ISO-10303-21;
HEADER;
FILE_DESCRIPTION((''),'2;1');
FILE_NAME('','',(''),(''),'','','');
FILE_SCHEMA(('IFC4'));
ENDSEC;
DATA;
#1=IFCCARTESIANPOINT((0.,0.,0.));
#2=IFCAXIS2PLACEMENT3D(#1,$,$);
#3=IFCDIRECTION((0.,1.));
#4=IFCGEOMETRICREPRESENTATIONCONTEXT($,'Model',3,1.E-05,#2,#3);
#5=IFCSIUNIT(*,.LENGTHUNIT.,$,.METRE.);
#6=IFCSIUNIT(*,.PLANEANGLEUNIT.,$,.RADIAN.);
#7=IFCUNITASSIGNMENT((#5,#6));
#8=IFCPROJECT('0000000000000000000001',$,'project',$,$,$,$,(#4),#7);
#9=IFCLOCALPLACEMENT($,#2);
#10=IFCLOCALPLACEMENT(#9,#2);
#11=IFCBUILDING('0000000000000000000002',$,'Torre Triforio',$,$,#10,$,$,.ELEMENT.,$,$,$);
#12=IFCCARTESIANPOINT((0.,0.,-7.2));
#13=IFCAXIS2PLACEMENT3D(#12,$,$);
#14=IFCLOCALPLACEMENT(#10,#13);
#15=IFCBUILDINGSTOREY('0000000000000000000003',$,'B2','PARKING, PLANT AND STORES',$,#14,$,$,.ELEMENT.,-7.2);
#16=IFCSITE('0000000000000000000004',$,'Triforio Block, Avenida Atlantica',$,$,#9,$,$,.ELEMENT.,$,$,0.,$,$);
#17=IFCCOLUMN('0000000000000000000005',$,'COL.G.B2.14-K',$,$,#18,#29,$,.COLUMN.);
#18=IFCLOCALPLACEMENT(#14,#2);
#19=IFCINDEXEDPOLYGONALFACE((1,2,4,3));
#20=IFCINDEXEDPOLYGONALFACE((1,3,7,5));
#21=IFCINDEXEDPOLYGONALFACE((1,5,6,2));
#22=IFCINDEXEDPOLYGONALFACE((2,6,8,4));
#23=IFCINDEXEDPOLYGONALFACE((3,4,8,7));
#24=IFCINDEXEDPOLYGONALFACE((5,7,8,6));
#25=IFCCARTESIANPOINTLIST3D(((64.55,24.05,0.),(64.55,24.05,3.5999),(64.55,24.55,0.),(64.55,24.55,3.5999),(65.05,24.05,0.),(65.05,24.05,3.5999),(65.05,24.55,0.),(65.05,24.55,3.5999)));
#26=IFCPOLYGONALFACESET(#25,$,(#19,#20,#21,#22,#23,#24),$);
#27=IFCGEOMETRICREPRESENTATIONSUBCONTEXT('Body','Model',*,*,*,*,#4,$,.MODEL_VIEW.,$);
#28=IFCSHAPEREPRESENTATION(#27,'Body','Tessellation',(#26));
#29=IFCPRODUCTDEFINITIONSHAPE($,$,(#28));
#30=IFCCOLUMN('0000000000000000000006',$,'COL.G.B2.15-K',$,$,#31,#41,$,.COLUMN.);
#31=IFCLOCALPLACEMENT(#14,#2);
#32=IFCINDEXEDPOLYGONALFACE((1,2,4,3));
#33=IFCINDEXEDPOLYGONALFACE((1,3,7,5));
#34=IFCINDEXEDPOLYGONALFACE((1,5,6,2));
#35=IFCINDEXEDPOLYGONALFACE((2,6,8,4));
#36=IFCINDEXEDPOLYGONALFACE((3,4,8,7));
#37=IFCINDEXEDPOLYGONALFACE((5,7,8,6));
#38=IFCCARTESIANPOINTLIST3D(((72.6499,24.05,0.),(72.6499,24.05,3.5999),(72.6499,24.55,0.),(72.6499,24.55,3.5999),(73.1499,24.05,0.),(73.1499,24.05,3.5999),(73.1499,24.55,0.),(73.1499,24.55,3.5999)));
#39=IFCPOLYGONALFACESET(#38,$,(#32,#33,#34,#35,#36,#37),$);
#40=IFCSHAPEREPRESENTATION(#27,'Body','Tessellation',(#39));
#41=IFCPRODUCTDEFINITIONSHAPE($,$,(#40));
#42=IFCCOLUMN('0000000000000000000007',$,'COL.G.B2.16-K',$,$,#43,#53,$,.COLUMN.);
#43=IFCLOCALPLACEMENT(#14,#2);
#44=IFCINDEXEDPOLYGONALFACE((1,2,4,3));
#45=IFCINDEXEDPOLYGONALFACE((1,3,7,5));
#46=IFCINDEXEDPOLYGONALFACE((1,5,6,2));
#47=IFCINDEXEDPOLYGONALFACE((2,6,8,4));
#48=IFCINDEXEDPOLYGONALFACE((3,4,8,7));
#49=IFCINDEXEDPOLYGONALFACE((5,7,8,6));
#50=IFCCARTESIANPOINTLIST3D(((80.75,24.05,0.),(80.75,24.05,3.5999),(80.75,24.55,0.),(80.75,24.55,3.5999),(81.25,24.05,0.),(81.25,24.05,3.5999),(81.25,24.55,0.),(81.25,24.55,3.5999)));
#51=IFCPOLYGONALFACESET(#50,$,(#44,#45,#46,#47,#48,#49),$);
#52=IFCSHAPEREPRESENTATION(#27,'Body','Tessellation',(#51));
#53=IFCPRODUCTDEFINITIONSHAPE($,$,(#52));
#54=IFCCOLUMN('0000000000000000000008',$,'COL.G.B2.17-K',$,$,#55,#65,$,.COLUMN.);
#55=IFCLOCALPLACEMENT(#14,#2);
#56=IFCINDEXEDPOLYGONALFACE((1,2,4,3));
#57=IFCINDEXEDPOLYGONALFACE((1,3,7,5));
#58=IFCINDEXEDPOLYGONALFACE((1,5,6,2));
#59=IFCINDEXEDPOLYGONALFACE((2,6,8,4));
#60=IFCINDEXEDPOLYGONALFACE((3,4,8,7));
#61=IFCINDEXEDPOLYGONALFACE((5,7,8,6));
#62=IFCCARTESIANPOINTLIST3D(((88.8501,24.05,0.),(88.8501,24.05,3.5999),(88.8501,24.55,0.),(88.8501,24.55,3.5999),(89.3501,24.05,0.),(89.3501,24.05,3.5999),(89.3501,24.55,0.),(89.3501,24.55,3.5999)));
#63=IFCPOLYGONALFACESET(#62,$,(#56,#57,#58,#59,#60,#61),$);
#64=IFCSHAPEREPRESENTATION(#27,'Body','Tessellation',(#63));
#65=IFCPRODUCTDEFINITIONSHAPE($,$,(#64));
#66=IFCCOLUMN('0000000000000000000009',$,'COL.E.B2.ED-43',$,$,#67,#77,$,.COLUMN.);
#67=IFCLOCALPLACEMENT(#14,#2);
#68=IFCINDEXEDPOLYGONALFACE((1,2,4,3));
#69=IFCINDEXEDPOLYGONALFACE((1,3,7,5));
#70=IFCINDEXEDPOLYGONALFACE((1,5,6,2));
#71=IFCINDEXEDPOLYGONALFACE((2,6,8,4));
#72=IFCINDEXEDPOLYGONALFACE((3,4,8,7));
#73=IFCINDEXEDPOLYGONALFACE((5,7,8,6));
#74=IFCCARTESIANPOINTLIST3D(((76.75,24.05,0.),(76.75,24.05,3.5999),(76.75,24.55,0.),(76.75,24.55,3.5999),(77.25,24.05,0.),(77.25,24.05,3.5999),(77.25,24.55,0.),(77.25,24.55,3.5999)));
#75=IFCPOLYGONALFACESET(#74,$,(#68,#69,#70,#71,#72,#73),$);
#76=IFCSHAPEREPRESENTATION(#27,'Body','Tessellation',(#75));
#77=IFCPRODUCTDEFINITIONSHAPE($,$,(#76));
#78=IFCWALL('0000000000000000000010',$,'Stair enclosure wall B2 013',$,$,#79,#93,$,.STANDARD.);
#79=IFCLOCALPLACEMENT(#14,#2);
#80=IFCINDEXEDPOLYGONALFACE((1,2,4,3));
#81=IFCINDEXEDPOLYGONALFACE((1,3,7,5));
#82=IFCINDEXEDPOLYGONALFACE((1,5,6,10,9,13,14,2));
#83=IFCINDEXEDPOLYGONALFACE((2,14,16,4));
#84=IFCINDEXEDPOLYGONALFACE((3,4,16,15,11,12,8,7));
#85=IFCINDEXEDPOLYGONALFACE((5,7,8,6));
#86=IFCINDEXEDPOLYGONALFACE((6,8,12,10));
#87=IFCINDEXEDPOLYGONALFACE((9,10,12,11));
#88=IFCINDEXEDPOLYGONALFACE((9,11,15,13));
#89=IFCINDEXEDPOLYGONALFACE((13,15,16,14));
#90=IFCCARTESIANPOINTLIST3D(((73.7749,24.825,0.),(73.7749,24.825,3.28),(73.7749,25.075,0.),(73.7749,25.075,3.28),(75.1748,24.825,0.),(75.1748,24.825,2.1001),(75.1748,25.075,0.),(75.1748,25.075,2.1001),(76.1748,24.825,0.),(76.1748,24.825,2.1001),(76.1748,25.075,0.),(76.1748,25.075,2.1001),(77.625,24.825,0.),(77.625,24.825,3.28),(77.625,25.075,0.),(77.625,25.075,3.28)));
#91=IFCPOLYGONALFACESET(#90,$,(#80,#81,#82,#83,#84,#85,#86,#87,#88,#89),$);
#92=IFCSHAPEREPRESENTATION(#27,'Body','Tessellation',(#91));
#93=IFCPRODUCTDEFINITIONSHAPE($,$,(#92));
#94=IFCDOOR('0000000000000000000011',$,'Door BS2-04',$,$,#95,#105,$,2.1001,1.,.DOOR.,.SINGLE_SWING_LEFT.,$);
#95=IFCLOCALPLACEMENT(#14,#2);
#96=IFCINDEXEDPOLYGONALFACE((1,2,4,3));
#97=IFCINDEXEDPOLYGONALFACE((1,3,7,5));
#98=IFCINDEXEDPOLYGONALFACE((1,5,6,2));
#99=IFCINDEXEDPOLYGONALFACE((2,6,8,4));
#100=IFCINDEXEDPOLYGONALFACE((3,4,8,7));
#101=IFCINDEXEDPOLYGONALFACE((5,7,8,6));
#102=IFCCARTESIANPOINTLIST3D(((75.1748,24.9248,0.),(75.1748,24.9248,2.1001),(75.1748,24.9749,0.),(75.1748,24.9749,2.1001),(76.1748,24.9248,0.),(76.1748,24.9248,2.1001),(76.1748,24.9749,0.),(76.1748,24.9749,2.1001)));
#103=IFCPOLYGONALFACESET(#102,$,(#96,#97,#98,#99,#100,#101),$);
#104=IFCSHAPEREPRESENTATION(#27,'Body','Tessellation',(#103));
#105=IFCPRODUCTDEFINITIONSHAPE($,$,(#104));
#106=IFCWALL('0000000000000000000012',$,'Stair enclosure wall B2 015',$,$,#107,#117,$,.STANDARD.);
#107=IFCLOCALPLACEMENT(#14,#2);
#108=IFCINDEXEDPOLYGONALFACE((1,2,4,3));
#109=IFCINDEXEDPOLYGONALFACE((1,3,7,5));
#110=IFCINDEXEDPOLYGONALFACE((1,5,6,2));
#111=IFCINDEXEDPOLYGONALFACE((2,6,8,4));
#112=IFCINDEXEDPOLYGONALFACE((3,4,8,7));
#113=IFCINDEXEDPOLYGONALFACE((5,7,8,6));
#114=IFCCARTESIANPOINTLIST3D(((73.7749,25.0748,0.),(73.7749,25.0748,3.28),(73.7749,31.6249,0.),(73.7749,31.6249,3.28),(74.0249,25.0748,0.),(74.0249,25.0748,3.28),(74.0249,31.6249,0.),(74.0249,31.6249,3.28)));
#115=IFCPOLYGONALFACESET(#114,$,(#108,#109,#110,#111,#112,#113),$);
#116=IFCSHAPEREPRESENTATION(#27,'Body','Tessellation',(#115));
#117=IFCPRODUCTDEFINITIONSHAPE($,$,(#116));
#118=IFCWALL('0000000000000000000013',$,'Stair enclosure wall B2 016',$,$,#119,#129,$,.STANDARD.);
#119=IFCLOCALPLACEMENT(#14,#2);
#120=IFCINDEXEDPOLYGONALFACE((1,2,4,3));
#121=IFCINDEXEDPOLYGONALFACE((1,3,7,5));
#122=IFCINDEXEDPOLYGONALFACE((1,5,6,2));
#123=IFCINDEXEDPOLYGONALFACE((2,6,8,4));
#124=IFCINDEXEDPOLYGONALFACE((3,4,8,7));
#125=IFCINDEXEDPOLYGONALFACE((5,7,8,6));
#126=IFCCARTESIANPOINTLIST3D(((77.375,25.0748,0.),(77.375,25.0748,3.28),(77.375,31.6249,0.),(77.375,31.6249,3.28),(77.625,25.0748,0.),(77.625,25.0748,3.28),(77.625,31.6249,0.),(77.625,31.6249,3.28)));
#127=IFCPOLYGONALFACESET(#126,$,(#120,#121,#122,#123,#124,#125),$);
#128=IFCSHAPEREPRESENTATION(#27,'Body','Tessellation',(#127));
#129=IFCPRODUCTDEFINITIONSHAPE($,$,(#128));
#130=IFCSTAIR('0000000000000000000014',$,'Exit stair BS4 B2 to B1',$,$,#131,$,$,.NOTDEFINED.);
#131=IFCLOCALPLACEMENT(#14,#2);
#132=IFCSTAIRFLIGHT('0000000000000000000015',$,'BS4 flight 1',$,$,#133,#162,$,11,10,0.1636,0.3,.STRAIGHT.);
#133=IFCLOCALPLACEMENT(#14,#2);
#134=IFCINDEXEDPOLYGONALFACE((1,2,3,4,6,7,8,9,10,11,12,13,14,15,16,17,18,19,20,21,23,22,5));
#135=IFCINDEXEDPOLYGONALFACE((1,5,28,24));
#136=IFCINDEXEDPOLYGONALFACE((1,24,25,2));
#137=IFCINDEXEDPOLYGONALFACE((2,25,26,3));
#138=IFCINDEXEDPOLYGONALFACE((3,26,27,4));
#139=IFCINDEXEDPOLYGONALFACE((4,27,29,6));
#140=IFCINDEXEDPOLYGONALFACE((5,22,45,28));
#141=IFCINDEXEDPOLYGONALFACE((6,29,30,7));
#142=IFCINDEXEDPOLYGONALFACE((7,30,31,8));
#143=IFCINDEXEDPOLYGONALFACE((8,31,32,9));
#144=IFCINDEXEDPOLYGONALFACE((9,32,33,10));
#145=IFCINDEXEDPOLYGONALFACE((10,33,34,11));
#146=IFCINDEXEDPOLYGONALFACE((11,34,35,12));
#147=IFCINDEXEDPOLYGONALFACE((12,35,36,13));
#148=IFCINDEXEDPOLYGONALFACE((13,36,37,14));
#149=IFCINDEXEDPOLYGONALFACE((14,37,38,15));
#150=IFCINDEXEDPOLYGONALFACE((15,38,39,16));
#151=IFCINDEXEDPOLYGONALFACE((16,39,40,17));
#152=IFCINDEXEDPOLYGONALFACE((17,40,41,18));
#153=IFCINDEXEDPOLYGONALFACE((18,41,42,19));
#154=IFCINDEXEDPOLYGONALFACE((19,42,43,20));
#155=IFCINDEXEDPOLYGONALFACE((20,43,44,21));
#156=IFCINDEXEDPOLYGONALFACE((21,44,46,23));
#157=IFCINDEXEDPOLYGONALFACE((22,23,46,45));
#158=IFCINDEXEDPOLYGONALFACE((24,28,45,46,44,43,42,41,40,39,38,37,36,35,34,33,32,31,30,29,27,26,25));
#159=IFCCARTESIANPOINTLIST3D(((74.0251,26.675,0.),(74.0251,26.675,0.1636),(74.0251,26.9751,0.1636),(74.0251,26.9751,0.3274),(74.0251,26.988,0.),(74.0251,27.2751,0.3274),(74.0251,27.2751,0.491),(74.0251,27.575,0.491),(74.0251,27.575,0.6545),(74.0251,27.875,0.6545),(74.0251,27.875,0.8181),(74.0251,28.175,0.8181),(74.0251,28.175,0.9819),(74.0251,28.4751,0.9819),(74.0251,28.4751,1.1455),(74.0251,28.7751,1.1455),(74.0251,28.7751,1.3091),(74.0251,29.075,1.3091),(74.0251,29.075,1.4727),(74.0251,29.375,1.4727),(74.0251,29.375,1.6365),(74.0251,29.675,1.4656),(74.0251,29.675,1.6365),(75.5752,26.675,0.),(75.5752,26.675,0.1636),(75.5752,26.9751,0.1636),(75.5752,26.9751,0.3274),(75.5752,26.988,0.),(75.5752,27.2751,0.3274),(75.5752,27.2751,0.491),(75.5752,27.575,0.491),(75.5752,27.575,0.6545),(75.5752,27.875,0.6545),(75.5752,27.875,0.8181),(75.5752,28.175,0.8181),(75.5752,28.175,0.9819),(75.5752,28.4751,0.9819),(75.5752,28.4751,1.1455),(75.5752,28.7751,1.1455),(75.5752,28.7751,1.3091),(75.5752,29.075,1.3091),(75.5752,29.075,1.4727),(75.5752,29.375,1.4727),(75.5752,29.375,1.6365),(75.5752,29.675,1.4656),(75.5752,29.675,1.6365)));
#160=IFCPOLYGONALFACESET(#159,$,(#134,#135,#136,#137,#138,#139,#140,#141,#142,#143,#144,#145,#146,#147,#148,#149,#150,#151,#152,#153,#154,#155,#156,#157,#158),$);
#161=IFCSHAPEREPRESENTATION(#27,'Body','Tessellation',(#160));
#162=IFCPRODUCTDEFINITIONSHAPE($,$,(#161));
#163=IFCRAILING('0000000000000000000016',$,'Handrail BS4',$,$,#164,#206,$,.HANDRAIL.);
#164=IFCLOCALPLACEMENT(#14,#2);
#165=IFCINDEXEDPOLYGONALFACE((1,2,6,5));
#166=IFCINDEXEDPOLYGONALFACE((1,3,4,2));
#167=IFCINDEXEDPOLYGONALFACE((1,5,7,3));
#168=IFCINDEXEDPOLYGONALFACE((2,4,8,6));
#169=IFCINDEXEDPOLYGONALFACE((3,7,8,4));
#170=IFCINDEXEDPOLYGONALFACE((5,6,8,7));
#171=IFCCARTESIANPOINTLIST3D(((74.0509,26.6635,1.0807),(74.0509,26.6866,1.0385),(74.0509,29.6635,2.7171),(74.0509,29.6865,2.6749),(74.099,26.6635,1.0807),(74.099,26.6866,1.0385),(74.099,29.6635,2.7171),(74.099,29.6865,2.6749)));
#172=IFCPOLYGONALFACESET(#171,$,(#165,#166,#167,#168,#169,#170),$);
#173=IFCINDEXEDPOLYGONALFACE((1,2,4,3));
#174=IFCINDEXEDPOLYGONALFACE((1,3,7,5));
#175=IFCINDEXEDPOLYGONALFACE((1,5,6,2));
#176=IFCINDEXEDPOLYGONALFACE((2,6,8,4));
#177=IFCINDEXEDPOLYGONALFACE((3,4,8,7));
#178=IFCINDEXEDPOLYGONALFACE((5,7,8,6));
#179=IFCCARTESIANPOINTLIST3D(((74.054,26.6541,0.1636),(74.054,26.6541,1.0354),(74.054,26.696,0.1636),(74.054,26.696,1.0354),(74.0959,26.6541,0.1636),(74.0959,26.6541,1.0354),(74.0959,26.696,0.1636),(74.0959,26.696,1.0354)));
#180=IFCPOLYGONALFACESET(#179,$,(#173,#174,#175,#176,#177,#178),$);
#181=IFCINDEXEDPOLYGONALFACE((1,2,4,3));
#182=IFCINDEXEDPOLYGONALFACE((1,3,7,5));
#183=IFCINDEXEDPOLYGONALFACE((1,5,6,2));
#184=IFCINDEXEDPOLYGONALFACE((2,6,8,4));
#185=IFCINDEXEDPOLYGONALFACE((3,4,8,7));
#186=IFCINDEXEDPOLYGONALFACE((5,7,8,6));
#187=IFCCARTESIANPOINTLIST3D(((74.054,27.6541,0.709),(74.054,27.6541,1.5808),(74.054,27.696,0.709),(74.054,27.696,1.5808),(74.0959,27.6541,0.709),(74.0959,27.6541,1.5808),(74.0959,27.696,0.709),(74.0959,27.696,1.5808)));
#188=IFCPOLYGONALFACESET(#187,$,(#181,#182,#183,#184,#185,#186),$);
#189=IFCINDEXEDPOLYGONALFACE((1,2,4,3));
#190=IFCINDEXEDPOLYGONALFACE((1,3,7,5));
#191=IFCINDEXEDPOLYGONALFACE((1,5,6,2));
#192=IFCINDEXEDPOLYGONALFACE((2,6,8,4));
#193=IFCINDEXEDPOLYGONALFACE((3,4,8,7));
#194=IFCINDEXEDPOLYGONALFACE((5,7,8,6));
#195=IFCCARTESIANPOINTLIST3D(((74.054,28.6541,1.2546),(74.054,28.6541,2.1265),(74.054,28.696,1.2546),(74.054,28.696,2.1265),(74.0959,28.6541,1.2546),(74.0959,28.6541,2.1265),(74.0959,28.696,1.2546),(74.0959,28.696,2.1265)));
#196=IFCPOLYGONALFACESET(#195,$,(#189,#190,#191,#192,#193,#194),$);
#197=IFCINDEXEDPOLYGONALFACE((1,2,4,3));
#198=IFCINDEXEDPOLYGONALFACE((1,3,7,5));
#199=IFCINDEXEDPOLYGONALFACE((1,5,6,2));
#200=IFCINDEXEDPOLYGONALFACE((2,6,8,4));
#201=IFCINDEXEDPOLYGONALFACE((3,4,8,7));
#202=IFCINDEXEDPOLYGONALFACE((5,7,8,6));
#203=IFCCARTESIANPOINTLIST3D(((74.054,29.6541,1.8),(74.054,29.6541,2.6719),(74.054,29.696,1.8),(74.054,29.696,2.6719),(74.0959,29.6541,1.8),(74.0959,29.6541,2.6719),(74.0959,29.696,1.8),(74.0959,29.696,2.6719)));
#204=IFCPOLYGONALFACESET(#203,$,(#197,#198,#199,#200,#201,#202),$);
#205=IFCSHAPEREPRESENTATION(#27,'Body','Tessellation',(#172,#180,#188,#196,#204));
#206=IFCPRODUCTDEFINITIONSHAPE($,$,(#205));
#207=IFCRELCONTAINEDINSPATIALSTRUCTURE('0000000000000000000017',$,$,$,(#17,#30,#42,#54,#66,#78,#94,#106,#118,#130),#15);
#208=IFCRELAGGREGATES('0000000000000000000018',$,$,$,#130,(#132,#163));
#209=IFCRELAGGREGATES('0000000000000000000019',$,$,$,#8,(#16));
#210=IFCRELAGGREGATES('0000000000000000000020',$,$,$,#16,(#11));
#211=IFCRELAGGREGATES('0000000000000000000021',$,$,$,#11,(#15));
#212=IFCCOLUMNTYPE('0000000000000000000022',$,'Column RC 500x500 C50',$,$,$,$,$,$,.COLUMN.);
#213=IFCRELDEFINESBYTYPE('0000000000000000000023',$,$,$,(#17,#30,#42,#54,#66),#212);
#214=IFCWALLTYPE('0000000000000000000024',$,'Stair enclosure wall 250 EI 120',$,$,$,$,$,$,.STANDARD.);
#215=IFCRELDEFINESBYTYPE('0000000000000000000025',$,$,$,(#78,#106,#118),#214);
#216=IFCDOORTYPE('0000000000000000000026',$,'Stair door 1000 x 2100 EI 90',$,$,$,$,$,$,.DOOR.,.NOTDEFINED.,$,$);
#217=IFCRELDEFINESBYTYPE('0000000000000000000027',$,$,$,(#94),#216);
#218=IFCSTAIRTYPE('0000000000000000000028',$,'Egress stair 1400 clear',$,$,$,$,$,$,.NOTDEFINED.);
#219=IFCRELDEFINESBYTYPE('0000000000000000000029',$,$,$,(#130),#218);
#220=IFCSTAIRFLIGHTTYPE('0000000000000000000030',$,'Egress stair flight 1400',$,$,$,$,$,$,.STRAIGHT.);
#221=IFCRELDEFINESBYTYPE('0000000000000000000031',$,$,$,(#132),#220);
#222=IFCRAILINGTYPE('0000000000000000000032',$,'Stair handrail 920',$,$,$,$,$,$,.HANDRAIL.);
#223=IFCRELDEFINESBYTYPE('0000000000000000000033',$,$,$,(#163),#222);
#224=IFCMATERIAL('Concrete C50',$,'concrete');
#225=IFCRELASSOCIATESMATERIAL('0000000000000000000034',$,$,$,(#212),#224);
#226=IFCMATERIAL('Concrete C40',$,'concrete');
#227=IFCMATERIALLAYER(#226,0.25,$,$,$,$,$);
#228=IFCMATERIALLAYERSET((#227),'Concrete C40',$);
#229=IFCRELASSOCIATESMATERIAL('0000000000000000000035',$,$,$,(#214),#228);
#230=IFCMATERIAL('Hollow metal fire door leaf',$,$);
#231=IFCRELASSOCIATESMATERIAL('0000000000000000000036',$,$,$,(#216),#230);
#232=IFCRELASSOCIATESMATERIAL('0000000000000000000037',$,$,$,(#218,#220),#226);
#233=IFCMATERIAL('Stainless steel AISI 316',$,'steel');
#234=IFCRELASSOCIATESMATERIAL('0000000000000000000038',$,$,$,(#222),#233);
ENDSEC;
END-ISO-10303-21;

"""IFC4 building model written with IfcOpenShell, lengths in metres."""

from ifc_helpers import new_model, si_unit, direction, frame, frame_2d, origin, origin_2d, place, context, subcontext, project, spatial, polyline, rectangle, outline, extrude, material, layer, layer_set, material_profile, profile_set, type_object, element, fill, aggregate, save


model = new_model("IFC4")

# Units and contexts
model_context = context("Model", 3, precision=1e-05, world=origin(), true_north=direction((0.0, 1.0)))
body_context = subcontext(model_context, "Body", "Model", "MODEL_VIEW")
ifc_project = project(units=[si_unit("LENGTHUNIT", "METRE"), si_unit("PLANEANGLEUNIT", "RADIAN")], contexts=[model_context])

# Site, building, storey
site_placement = place(None, origin())
site = spatial("IfcSite", under=ifc_project, at=site_placement, Name="Triforio Block, Avenida Atlantica", CompositionType="ELEMENT", RefElevation=0.0)
building_placement = place(site_placement, origin())
building = spatial("IfcBuilding", under=site, at=building_placement, Name="Torre Triforio", CompositionType="ELEMENT")
storey_placement = place(building_placement, frame((0.0, 0.0, -7.2)))
storey = spatial("IfcBuildingStorey", under=building, at=storey_placement, Name="B2", Description="PARKING, PLANT AND STORES", CompositionType="ELEMENT", Elevation=-7.2)

# Columns
ifc_material_1 = material(Name="Concrete C50", Category="concrete")
ifc_material_profile = material_profile(ifc_material_1, rectangle(XDim=0.5, YDim=0.5, at=origin_2d()), Name="RC 500x500")
ifc_profile_set = profile_set([ifc_material_profile], Name="Concrete C50")
column_type = type_object("IfcColumnType", Name="Column RC 500x500 C50", PredefinedType="COLUMN", material=ifc_profile_set)
for number, where, z_axis, x_axis, name in (
    (1, (64.8, 24.3, 0.0), (0.0, 0.0, 1.0), (1.0, 0.0, 0.0), "COL.G.B2.14-K"),
    (2, (72.8999, 24.3, 0.0), (0.0, 0.0, 1.0), (1.0, 0.0, 0.0), "COL.G.B2.15-K"),
    (3, (81.0, 24.3, 0.0), (0.0, 0.0, 1.0), (1.0, 0.0, 0.0), "COL.G.B2.16-K"),
    (4, (89.1001, 24.3, 0.0), (0.0, 0.0, 1.0), (1.0, 0.0, 0.0), "COL.G.B2.17-K"),
    (5, (77.0, 24.3, 0.0), (0.0, 0.0, 1.0), (1.0, 0.0, 0.0), "COL.E.B2.ED-43"),
):
    element("IfcColumn", number, at=place(storey_placement, frame(where, z_axis=z_axis, x_axis=x_axis)), inside=storey, type_object=column_type, Name=name, PredefinedType="COLUMN", context=body_context, shape_type="SweptSolid", body=[
        extrude(rectangle(XDim=0.5, YDim=0.5, at=origin_2d()), origin(), (0.0, 0.0, 1.0), 3.5999),
    ])

# Wall, opening, door
ifc_material_2 = material(Name="Concrete C40", Category="concrete")
ifc_layer = layer(ifc_material_2, 0.25)
ifc_layer_set = layer_set([ifc_layer], Name="Concrete C40")
wall_type = type_object("IfcWallType", Name="Stair enclosure wall 250 EI 120", PredefinedType="STANDARD", material=ifc_layer_set)
wall_placement = place(storey_placement, frame((73.7749, 24.95, 0.0), z_axis=(0.0, 0.0, 1.0), x_axis=(1.0, 0.0, 0.0)))
wall = element("IfcWall", 6, at=wall_placement, inside=storey, type_object=wall_type, Name="Stair enclosure wall B2 013", PredefinedType="STANDARD", context=body_context, shape_type="SweptSolid", body=[
    extrude(rectangle(XDim=3.8501, YDim=0.25, at=frame_2d((1.925, 0.0))), origin(), (0.0, 0.0, 1.0), 3.28),
])
opening_placement = place(wall_placement, frame((1.3999, 0.0, 0.0)))
opening = element("IfcOpeningElement", 7, at=opening_placement, cuts=wall, PredefinedType="OPENING", context=body_context, shape_type="SweptSolid", body=[
    extrude(rectangle(XDim=1.0, YDim=2.1001, at=frame_2d((0.5, 1.05))), frame((0.0, 0.135, 0.0), z_axis=(0.0, -1.0, 0.0), x_axis=(1.0, 0.0, 0.0)), (0.0, 0.0, 1.0), 0.27),
])
ifc_material_3 = material(Name="Hollow metal fire door leaf")
door_type = type_object("IfcDoorType", Name="Stair door 1000 x 2100 EI 90", OperationType="NOTDEFINED", PredefinedType="DOOR", material=ifc_material_3)
door_placement = place(opening_placement, origin())
door = element("IfcDoor", 8, at=door_placement, inside=storey, type_object=door_type, Name="Door BS2-04", OperationType="SINGLE_SWING_LEFT", OverallHeight=2.1001, OverallWidth=1.0, PredefinedType="DOOR", context=body_context, shape_type="SweptSolid", body=[
    extrude(rectangle(XDim=1.0, YDim=2.1001, at=frame_2d((0.5, 1.05))), frame((0.0, 0.0249, 0.0), z_axis=(0.0, -1.0, 0.0), x_axis=(1.0, 0.0, 0.0)), (0.0, 0.0, 1.0), 0.05),
])
fill(opening, door)

# Walls
for number, where, z_axis, x_axis, name in (
    (9, (73.8999, 25.075, 0.0), (0.0, 0.0, 1.0), (0.0, 1.0, 0.0), "Stair enclosure wall B2 015"),
    (10, (77.5, 25.075, 0.0), (0.0, 0.0, 1.0), (0.0, 1.0, 0.0), "Stair enclosure wall B2 016"),
):
    element("IfcWall", number, at=place(storey_placement, frame(where, z_axis=z_axis, x_axis=x_axis)), inside=storey, type_object=wall_type, Name=name, PredefinedType="STANDARD", context=body_context, shape_type="SweptSolid", body=[
        extrude(rectangle(XDim=6.55, YDim=0.25, at=frame_2d((3.2749, 0.0))), origin(), (0.0, 0.0, 1.0), 3.28),
    ])

# Stair, stair flight, railing
stair_type = type_object("IfcStairType", Name="Egress stair 1400 clear", PredefinedType="NOTDEFINED", material=ifc_material_2)
stair_placement = place(storey_placement, origin())
stair = element("IfcStair", 11, at=stair_placement, inside=storey, type_object=stair_type, Name="Exit stair BS4 B2 to B1", PredefinedType="NOTDEFINED")
stair_flight_type = type_object("IfcStairFlightType", Name="Egress stair flight 1400", PredefinedType="STRAIGHT", material=ifc_material_2)
stair_flight_placement = place(storey_placement, frame((74.8, 26.675, 0.0), z_axis=(0.0, 0.0, 1.0), x_axis=(0.0, 1.0, 0.0)))
stair_flight = element("IfcStairFlight", 12, at=stair_flight_placement, type_object=stair_flight_type, Name="BS4 flight 1", NumberOfRisers=11, NumberOfTreads=10, PredefinedType="STRAIGHT", RiserHeight=0.1636, TreadLength=0.3, context=body_context, shape_type="SweptSolid", body=[
    extrude(outline(polyline([(0.0, 0.0), (0.0, 0.1636), (0.3, 0.1636), (0.3, 0.3274), (0.6001, 0.3274), (0.6001, 0.491), (0.8999, 0.491), (0.8999, 0.6545), (1.2, 0.6545), (1.2, 0.8181), (1.5, 0.8181), (1.5, 0.9819), (1.8, 0.9819), (1.8, 1.1455), (2.1001, 1.1455), (2.1001, 1.3091), (2.3999, 1.3091), (2.3999, 1.4727), (2.7, 1.4727), (2.7, 1.6365), (3.0, 1.6365), (3.0, 1.8), (3.0, 1.4656), (0.313, 0.0), (0.0, 0.0)])), frame((0.0, 0.7749, 0.0), z_axis=(0.0, -1.0, 0.0), x_axis=(1.0, 0.0, 0.0)), (0.0, 0.0, 1.0), 1.55),
])
ifc_material_4 = material(Name="Stainless steel AISI 316", Category="steel")
railing_type_1 = type_object("IfcRailingType", Name="Stair handrail 920", PredefinedType="HANDRAIL", material=ifc_material_4)
railing_1_placement = place(storey_placement, frame((74.075, 26.675, 0.1636)))
railing_1 = element("IfcRailing", 13, at=railing_1_placement, type_object=railing_type_1, Name="Handrail BS4", PredefinedType="HANDRAIL", context=body_context, shape_type="SweptSolid", body=[
    extrude(rectangle(XDim=0.0481, YDim=0.0481, at=origin_2d()), frame((0.0, 0.0, 0.896), z_axis=(0.0, 0.877882, 0.478877), x_axis=(-1.0, 0.0, 0.0)), (0.0, 0.0, 1.0), 3.4172),
    extrude(rectangle(XDim=0.042, YDim=0.042, at=origin_2d()), origin(), (0.0, 0.0, 1.0), 0.8718),
    extrude(rectangle(XDim=0.042, YDim=0.042, at=origin_2d()), frame((0.0, 1.0, 0.5454)), (0.0, 0.0, 1.0), 0.8718),
    extrude(rectangle(XDim=0.042, YDim=0.042, at=origin_2d()), frame((0.0, 2.0, 1.0911)), (0.0, 0.0, 1.0), 0.8718),
    extrude(rectangle(XDim=0.042, YDim=0.042, at=origin_2d()), frame((0.0, 3.0, 1.6365)), (0.0, 0.0, 1.0), 0.8718),
])
aggregate(stair, [stair_flight, railing_1])

save(model, "model.ifc")
